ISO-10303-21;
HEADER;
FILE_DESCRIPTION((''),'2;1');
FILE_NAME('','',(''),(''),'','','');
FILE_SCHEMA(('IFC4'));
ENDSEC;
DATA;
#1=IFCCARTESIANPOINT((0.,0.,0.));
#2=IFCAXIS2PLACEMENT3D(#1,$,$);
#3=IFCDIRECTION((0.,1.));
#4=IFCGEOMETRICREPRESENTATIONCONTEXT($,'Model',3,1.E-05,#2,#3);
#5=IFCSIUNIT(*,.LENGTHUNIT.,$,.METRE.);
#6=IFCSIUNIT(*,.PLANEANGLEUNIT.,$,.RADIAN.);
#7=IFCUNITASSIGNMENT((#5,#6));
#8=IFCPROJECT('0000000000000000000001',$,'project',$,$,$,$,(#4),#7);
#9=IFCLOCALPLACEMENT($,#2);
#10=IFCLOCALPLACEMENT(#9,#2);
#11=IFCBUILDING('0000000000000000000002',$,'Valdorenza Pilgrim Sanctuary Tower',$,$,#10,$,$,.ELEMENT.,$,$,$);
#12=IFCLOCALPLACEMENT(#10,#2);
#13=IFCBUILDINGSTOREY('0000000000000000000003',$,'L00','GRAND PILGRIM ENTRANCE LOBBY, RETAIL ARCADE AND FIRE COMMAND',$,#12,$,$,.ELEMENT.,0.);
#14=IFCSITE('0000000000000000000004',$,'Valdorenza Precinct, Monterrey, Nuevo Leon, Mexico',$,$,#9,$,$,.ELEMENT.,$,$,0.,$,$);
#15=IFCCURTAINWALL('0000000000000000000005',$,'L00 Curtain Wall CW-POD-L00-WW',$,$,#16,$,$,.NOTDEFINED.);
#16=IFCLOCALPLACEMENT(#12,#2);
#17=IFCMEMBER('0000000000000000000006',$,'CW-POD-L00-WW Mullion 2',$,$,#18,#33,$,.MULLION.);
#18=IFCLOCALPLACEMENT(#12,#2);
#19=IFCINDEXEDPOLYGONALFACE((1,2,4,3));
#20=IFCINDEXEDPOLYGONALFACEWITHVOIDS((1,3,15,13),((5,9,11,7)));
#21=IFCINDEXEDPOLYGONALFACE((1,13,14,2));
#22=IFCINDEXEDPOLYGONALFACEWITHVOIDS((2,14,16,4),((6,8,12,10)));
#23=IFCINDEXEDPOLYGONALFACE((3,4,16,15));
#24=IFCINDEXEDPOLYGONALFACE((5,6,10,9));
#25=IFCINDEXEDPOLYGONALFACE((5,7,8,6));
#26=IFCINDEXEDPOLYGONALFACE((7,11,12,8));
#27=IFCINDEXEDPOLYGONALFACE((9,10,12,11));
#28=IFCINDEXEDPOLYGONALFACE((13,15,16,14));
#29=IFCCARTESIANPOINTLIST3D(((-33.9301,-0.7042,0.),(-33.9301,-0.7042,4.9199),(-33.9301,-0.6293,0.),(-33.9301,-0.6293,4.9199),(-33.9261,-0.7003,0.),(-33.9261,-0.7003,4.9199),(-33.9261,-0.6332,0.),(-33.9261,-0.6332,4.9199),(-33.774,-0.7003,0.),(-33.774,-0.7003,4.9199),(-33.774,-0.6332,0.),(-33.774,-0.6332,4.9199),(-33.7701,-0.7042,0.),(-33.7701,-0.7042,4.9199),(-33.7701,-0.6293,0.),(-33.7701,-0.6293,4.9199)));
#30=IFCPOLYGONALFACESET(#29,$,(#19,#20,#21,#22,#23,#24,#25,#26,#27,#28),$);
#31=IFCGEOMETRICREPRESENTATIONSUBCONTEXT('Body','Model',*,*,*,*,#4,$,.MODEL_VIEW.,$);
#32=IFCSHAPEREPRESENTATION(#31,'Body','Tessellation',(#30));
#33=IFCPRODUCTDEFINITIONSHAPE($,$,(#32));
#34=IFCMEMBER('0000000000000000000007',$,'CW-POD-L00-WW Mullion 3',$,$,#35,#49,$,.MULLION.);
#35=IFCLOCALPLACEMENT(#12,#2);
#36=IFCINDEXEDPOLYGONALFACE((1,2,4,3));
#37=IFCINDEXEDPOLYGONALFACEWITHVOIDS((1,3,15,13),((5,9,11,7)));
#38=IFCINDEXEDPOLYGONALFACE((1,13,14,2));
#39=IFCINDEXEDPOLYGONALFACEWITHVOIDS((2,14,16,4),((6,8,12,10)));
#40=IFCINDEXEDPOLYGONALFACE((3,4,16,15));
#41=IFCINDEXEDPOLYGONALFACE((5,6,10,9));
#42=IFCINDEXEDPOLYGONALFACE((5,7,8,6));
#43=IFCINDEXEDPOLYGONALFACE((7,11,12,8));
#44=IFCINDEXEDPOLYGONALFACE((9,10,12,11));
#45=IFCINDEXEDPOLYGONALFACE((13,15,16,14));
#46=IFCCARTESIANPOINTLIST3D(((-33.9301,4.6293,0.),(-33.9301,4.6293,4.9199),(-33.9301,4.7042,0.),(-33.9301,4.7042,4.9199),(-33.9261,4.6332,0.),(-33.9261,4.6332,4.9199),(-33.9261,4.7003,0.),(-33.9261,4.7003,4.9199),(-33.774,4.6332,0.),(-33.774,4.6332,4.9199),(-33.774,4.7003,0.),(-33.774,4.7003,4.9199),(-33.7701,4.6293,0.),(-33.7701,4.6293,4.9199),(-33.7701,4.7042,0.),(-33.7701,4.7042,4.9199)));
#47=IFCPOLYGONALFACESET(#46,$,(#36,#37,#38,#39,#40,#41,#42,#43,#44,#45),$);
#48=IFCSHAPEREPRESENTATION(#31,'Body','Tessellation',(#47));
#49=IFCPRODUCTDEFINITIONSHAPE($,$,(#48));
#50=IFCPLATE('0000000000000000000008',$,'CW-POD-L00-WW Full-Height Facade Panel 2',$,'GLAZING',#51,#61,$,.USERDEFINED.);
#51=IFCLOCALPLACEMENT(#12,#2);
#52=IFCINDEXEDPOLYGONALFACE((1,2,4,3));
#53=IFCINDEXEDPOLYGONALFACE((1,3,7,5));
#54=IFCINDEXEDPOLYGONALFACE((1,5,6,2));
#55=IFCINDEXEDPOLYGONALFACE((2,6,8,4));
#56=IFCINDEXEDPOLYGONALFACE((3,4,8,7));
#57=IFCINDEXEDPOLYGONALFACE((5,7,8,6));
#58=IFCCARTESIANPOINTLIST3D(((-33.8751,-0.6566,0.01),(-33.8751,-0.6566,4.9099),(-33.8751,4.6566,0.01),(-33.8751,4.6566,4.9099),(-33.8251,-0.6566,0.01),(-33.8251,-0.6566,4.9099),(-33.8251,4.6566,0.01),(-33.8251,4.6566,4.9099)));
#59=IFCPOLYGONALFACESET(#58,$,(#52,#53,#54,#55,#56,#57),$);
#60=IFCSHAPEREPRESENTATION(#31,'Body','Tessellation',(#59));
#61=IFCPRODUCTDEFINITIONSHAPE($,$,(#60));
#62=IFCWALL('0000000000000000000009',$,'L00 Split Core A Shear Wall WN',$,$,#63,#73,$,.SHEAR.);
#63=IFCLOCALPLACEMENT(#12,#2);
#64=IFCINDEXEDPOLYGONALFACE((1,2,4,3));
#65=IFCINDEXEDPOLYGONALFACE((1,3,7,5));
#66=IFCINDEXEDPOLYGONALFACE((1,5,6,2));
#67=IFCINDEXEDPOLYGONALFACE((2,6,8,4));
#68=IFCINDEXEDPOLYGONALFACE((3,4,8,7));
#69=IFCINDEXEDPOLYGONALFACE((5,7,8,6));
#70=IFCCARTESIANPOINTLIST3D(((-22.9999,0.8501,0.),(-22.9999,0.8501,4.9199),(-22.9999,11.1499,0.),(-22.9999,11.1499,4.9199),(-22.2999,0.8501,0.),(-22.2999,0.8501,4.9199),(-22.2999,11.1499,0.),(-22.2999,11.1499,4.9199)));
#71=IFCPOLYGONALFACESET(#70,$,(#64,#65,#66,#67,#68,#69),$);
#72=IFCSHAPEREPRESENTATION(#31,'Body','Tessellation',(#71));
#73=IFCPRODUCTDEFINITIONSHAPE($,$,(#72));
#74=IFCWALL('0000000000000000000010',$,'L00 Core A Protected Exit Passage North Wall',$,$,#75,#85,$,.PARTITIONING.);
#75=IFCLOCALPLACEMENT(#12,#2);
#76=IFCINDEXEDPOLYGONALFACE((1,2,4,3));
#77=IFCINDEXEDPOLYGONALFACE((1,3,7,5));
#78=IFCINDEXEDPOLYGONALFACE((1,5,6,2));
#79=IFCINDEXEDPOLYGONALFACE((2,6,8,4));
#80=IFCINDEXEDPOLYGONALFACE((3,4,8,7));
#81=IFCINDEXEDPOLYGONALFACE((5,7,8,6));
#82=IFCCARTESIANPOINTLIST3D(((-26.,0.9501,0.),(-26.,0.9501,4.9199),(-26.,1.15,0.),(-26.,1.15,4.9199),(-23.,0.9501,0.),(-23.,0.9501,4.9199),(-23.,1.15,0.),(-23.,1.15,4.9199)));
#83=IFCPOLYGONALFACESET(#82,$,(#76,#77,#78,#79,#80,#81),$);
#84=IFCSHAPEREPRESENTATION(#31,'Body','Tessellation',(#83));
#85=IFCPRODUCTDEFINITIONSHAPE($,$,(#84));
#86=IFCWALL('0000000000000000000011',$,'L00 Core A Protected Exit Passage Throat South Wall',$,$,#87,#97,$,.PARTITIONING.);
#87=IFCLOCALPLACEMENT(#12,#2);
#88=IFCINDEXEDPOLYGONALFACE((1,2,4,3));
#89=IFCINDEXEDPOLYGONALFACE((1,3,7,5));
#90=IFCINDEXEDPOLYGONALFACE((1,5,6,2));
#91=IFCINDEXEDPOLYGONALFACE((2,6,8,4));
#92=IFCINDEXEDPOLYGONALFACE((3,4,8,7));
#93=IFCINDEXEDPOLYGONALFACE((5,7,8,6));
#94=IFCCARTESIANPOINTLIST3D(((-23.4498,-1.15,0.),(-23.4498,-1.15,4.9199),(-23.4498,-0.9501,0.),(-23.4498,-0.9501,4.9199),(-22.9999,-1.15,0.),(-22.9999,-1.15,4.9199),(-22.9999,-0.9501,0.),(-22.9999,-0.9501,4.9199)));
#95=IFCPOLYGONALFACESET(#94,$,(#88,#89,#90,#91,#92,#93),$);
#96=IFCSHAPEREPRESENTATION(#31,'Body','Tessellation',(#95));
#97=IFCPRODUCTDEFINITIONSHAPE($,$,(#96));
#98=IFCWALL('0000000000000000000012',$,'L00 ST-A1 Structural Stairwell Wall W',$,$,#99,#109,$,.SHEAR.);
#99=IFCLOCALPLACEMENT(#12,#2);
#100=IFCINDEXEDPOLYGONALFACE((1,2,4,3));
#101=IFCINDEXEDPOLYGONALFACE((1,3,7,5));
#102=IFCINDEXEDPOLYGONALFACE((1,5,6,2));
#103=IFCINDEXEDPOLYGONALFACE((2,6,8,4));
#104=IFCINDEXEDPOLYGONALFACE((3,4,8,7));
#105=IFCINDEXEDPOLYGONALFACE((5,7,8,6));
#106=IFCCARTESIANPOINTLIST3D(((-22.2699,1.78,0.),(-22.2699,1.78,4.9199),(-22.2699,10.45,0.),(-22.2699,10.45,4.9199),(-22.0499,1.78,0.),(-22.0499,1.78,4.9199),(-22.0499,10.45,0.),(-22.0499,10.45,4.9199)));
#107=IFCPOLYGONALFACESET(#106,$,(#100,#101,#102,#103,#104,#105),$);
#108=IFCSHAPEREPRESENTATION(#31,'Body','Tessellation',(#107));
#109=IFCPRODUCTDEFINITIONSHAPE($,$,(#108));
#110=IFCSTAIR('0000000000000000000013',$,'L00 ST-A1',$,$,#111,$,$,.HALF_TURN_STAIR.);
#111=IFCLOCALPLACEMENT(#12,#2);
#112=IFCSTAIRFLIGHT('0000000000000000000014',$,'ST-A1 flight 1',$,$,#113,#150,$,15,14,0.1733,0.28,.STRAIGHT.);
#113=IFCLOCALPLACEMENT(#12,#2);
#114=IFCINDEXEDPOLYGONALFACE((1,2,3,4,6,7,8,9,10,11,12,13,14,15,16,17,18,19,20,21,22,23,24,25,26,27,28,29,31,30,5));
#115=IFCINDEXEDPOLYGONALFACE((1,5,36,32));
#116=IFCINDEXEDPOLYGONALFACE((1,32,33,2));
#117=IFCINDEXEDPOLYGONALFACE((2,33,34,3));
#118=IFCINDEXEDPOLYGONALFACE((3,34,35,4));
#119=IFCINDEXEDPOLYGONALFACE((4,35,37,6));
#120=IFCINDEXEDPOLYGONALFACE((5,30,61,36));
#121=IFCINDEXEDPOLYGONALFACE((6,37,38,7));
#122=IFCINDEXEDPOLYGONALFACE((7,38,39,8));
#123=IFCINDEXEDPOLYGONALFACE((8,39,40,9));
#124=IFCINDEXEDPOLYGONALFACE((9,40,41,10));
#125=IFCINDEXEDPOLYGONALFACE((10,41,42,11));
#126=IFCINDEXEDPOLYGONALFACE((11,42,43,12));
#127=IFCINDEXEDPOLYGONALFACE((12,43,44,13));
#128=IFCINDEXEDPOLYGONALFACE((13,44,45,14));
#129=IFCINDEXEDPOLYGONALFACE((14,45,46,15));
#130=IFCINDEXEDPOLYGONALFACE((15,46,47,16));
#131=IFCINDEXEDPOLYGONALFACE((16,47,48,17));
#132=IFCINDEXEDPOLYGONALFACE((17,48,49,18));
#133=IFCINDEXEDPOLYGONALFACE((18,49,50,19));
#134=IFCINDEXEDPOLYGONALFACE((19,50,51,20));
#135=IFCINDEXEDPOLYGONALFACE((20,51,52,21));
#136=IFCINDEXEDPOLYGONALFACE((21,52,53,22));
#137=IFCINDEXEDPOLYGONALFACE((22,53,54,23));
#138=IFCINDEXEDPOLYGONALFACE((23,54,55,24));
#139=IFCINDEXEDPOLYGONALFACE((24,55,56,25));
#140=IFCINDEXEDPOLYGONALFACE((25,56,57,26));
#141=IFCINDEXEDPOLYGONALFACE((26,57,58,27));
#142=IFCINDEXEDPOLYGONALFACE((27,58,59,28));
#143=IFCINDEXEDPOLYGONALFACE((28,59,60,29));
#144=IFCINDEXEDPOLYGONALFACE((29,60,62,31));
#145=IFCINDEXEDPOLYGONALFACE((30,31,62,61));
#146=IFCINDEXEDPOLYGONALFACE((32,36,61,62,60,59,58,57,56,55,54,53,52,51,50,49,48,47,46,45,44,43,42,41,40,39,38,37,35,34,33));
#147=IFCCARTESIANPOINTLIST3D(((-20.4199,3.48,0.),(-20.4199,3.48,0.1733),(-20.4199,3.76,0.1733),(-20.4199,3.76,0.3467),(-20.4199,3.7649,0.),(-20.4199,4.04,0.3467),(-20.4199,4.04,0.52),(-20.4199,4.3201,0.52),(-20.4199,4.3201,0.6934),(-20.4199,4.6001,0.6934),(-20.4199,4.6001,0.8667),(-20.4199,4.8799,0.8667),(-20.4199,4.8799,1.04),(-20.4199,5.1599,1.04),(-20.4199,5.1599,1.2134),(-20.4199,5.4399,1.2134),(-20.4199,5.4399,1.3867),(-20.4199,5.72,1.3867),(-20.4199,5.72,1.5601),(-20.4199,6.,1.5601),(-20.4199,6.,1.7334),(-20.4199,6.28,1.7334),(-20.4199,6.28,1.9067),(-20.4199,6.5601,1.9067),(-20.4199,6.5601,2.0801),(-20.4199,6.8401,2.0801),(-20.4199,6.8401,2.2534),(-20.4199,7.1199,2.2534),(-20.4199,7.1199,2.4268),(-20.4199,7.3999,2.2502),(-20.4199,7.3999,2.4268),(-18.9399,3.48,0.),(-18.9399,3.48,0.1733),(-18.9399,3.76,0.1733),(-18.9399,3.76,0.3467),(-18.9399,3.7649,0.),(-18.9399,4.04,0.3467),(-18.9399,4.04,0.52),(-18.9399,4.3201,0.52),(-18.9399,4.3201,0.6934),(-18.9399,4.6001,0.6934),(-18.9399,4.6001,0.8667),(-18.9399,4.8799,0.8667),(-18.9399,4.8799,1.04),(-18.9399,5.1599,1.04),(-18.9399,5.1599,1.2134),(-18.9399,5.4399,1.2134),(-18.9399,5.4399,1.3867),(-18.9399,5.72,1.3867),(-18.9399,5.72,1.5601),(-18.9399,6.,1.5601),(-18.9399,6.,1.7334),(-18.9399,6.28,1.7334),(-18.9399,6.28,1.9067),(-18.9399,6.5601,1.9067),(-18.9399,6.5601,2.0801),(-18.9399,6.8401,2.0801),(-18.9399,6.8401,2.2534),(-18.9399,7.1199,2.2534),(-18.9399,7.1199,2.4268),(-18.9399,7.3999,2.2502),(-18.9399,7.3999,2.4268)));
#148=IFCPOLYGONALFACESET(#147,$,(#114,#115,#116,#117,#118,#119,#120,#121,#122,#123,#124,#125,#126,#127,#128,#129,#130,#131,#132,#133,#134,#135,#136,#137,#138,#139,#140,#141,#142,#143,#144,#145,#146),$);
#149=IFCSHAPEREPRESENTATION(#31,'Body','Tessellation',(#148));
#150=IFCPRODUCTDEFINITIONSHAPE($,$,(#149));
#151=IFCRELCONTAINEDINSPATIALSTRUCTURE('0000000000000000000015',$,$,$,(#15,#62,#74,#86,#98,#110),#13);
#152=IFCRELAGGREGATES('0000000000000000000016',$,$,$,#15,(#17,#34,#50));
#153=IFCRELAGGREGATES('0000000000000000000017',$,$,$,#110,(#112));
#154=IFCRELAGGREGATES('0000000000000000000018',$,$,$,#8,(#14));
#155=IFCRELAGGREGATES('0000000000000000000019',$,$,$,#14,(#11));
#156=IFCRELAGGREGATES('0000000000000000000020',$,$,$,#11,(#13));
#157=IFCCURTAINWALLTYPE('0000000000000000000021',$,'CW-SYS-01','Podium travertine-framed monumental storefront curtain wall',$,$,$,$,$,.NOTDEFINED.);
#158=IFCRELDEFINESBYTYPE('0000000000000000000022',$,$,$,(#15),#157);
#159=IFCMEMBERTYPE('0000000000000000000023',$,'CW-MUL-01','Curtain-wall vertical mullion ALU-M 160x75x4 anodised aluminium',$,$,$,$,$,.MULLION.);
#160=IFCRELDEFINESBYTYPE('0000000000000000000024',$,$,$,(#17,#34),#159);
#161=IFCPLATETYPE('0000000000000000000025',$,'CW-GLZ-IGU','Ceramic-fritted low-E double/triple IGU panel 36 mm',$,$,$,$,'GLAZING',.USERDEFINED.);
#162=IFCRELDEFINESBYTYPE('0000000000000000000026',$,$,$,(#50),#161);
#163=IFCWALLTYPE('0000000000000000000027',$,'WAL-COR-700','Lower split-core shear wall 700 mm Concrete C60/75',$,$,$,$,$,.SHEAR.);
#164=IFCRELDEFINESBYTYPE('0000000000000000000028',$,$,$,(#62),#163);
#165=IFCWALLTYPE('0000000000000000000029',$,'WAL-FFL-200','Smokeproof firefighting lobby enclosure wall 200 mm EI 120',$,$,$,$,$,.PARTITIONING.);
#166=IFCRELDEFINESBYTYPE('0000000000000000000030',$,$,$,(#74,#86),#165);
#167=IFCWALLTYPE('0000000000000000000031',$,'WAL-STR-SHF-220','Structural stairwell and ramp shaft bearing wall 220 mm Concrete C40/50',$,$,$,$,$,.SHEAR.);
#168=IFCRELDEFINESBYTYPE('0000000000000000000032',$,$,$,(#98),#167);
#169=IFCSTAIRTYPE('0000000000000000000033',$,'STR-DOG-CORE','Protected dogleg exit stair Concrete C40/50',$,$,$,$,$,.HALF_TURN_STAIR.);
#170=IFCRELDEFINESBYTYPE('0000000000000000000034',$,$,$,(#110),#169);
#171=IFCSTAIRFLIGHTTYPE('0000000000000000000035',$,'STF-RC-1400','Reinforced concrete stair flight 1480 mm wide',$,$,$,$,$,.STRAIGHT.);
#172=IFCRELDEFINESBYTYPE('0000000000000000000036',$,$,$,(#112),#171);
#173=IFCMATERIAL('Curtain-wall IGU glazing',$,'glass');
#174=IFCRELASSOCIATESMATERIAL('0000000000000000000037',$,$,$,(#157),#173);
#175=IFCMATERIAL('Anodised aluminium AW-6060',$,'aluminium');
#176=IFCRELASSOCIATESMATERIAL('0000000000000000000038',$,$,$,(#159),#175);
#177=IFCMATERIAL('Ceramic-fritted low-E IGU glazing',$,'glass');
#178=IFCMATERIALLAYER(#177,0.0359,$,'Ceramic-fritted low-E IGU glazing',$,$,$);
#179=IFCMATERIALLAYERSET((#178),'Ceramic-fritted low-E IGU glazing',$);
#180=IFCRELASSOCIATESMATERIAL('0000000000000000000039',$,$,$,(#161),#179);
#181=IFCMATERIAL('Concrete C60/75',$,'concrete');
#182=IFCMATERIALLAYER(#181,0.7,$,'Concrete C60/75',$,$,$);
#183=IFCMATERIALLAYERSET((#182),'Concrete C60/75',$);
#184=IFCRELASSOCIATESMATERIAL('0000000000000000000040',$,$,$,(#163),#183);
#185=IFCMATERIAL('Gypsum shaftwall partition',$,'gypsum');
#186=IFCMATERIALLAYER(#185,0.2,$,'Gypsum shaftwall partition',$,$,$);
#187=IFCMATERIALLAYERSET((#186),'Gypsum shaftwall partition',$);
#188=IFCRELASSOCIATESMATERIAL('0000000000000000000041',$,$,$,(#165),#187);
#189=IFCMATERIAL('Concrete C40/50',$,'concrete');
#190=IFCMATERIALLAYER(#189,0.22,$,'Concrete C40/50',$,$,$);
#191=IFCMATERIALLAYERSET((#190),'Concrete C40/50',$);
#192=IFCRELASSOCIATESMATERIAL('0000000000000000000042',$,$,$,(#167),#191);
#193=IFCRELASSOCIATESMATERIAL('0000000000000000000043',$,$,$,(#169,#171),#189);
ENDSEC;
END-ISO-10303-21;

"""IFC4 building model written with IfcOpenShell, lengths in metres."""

from ifc_helpers import new_model, si_unit, direction, frame, frame_2d, origin, origin_2d, place, context, subcontext, project, spatial, polyline, rectangle, hollow_rectangle, outline, extrude, source, transform, mapped, material, layer, layer_set, material_profile, profile_set, type_object, element, aggregate, save


model = new_model("IFC4")

# Units and contexts
model_context = context("Model", 3, precision=1e-05, world=origin(), true_north=direction((0.0, 1.0)))
body_context = subcontext(model_context, "Body", "Model", "MODEL_VIEW")
ifc_project = project(units=[si_unit("LENGTHUNIT", "METRE"), si_unit("PLANEANGLEUNIT", "RADIAN")], contexts=[model_context])

# Site, building, storey
site_placement = place(None, origin())
site = spatial("IfcSite", under=ifc_project, at=site_placement, Name="Valdorenza Precinct, Monterrey, Nuevo Leon, Mexico", CompositionType="ELEMENT", RefElevation=0.0)
building_placement = place(site_placement, origin())
building = spatial("IfcBuilding", under=site, at=building_placement, Name="Valdorenza Pilgrim Sanctuary Tower", CompositionType="ELEMENT")
storey_placement = place(building_placement, origin())
storey = spatial("IfcBuildingStorey", under=building, at=storey_placement, Name="L00", Description="GRAND PILGRIM ENTRANCE LOBBY, RETAIL ARCADE AND FIRE COMMAND", CompositionType="ELEMENT", Elevation=0.0)

# Shared definitions
ifc_material_1 = material(Name="Concrete C60/75", Category="concrete")

# Curtain wall, members, plate
ifc_material_2 = material(Name="Curtain-wall IGU glazing", Category="glass")
curtain_wall_type = type_object("IfcCurtainWallType", Name="CW-SYS-01", Description="Podium travertine-framed monumental storefront curtain wall", PredefinedType="NOTDEFINED", material=ifc_material_2)
curtain_wall_placement = place(storey_placement, origin())
curtain_wall = element("IfcCurtainWall", 1, at=curtain_wall_placement, inside=storey, type_object=curtain_wall_type, Name="L00 Curtain Wall CW-POD-L00-WW", PredefinedType="NOTDEFINED")
ifc_material_3 = material(Name="Anodised aluminium AW-6060", Category="aluminium")
ifc_material_profile_1 = material_profile(ifc_material_3, hollow_rectangle(XDim=0.075, YDim=0.1599, WallThickness=0.0039, at=origin_2d()), Name="ALU-M 160x75x4")
ifc_profile_set_1 = profile_set([ifc_material_profile_1], Name="Anodised aluminium AW-6060")
member_type = type_object("IfcMemberType", Name="CW-MUL-01", Description="Curtain-wall vertical mullion ALU-M 160x75x4 anodised aluminium", PredefinedType="MULLION", material=ifc_profile_set_1)
shared_shape_1 = source(origin(), body_context, "Body", "SweptSolid", [
    extrude(hollow_rectangle(XDim=0.075, YDim=0.1599, WallThickness=0.0039, at=origin_2d()), origin(), (0.0, 0.0, 1.0), 4.9199),
])
member_1_placement = place(storey_placement, frame((-33.8501, -0.6667, 0.0), z_axis=(0.0, 0.0, 1.0), x_axis=(0.0, 1.0, 0.0)))
member_1 = element("IfcMember", 2, at=member_1_placement, type_object=member_type, Name="CW-POD-L00-WW Mullion 2", PredefinedType="MULLION", context=body_context, shape_type="MappedRepresentation", body=[
    mapped(shared_shape_1, transform((0.0, 0.0, 0.0), x_axis=(1.0, 0.0, 0.0), y_axis=(0.0, 1.0, 0.0), z_axis=(0.0, 0.0, 1.0), scale=1.0)),
])
member_2_placement = place(storey_placement, frame((-33.8501, 4.6667, 0.0), z_axis=(0.0, 0.0, 1.0), x_axis=(0.0, 1.0, 0.0)))
member_2 = element("IfcMember", 3, at=member_2_placement, type_object=member_type, Name="CW-POD-L00-WW Mullion 3", PredefinedType="MULLION", context=body_context, shape_type="MappedRepresentation", body=[
    mapped(shared_shape_1, transform((0.0, 0.0, 0.0), x_axis=(1.0, 0.0, 0.0), y_axis=(0.0, 1.0, 0.0), z_axis=(0.0, 0.0, 1.0), scale=1.0)),
])
ifc_material_4 = material(Name="Ceramic-fritted low-E IGU glazing", Category="glass")
ifc_layer_1 = layer(ifc_material_4, 0.0359, Name="Ceramic-fritted low-E IGU glazing")
ifc_layer_set_1 = layer_set([ifc_layer_1], Name="Ceramic-fritted low-E IGU glazing")
plate_type = type_object("IfcPlateType", Name="CW-GLZ-IGU", Description="Ceramic-fritted low-E double/triple IGU panel 36 mm", ElementType="GLAZING", PredefinedType="USERDEFINED", material=ifc_layer_set_1)
shared_shape_2 = source(origin(), body_context, "Body", "SweptSolid", [
    extrude(rectangle(XDim=5.3132, YDim=0.05, at=origin_2d()), origin(), (0.0, 0.0, 1.0), 4.8999),
])
plate_placement = place(storey_placement, frame((-33.8501, 2.0, 0.01), z_axis=(0.0, 0.0, 1.0), x_axis=(0.0, 1.0, 0.0)))
plate = element("IfcPlate", 4, at=plate_placement, type_object=plate_type, Name="CW-POD-L00-WW Full-Height Facade Panel 2", ObjectType="GLAZING", PredefinedType="USERDEFINED", context=body_context, shape_type="MappedRepresentation", body=[
    mapped(shared_shape_2, transform((0.0, 0.0, 0.0), x_axis=(1.0, 0.0, 0.0), y_axis=(0.0, 1.0, 0.0), z_axis=(0.0, 0.0, 1.0), scale=1.0)),
])
aggregate(curtain_wall, [member_1, member_2, plate])

# Wall
ifc_layer_2 = layer(ifc_material_1, 0.7, Name="Concrete C60/75")
ifc_layer_set_2 = layer_set([ifc_layer_2], Name="Concrete C60/75")
wall_type_1 = type_object("IfcWallType", Name="WAL-COR-700", Description="Lower split-core shear wall 700 mm Concrete C60/75", PredefinedType="SHEAR", material=ifc_layer_set_2)
wall_1_placement = place(storey_placement, frame((-22.6499, 0.8501, 0.0), z_axis=(0.0, 0.0, 1.0), x_axis=(0.0, 1.0, 0.0)))
element("IfcWall", 5, at=wall_1_placement, inside=storey, type_object=wall_type_1, Name="L00 Split Core A Shear Wall WN", PredefinedType="SHEAR", context=body_context, shape_type="SweptSolid", body=[
    extrude(rectangle(XDim=10.2998, YDim=0.7, at=frame_2d((5.1499, 0.0))), origin(), (0.0, 0.0, 1.0), 4.9199),
])

# Shared definitions
ifc_material_5 = material(Name="Gypsum shaftwall partition", Category="gypsum")
ifc_layer_3 = layer(ifc_material_5, 0.2, Name="Gypsum shaftwall partition")
ifc_layer_set_3 = layer_set([ifc_layer_3], Name="Gypsum shaftwall partition")
wall_type_2 = type_object("IfcWallType", Name="WAL-FFL-200", Description="Smokeproof firefighting lobby enclosure wall 200 mm EI 120", PredefinedType="PARTITIONING", material=ifc_layer_set_3)

# Walls
wall_2_placement = place(storey_placement, frame((-26.0, 1.05, 0.0), z_axis=(0.0, 0.0, 1.0), x_axis=(1.0, 0.0, 0.0)))
element("IfcWall", 6, at=wall_2_placement, inside=storey, type_object=wall_type_2, Name="L00 Core A Protected Exit Passage North Wall", PredefinedType="PARTITIONING", context=body_context, shape_type="SweptSolid", body=[
    extrude(rectangle(XDim=3.0, YDim=0.2, at=frame_2d((1.5, 0.0))), origin(), (0.0, 0.0, 1.0), 4.9199),
])
wall_3_placement = place(storey_placement, frame((-23.45, -1.05, 0.0), z_axis=(0.0, 0.0, 1.0), x_axis=(1.0, 0.0, 0.0)))
element("IfcWall", 7, at=wall_3_placement, inside=storey, type_object=wall_type_2, Name="L00 Core A Protected Exit Passage Throat South Wall", PredefinedType="PARTITIONING", context=body_context, shape_type="SweptSolid", body=[
    extrude(rectangle(XDim=0.45, YDim=0.2, at=frame_2d((0.2251, 0.0))), origin(), (0.0, 0.0, 1.0), 4.9199),
])
ifc_material_6 = material(Name="Concrete C40/50", Category="concrete")
ifc_layer_4 = layer(ifc_material_6, 0.22, Name="Concrete C40/50")
ifc_layer_set_4 = layer_set([ifc_layer_4], Name="Concrete C40/50")
wall_type_3 = type_object("IfcWallType", Name="WAL-STR-SHF-220", Description="Structural stairwell and ramp shaft bearing wall 220 mm Concrete C40/50", PredefinedType="SHEAR", material=ifc_layer_set_4)
wall_4_placement = place(storey_placement, frame((-22.1599, 1.78, 0.0), z_axis=(0.0, 0.0, 1.0), x_axis=(0.0, 1.0, 0.0)))
element("IfcWall", 8, at=wall_4_placement, inside=storey, type_object=wall_type_3, Name="L00 ST-A1 Structural Stairwell Wall W", PredefinedType="SHEAR", context=body_context, shape_type="SweptSolid", body=[
    extrude(rectangle(XDim=8.6699, YDim=0.22, at=frame_2d((4.335, 0.0))), origin(), (0.0, 0.0, 1.0), 4.9199),
])

# Stair, stair flight
stair_type = type_object("IfcStairType", Name="STR-DOG-CORE", Description="Protected dogleg exit stair Concrete C40/50", PredefinedType="HALF_TURN_STAIR", material=ifc_material_6)
stair_placement = place(storey_placement, origin())
stair = element("IfcStair", 9, at=stair_placement, inside=storey, type_object=stair_type, Name="L00 ST-A1", PredefinedType="HALF_TURN_STAIR")
stair_flight_type = type_object("IfcStairFlightType", Name="STF-RC-1400", Description="Reinforced concrete stair flight 1480 mm wide", PredefinedType="STRAIGHT", material=ifc_material_6)
stair_flight_placement = place(storey_placement, frame((-19.6799, 3.48, 0.0), z_axis=(0.0, 0.0, 1.0), x_axis=(0.0, 1.0, 0.0)))
stair_flight = element("IfcStairFlight", 10, at=stair_flight_placement, type_object=stair_flight_type, Name="ST-A1 flight 1", NumberOfRisers=15, NumberOfTreads=14, PredefinedType="STRAIGHT", RiserHeight=0.1733, TreadLength=0.28, context=body_context, shape_type="SweptSolid", body=[
    extrude(outline(polyline([(0.0, 0.0), (0.0, 0.1733), (0.28, 0.1733), (0.28, 0.3467), (0.5601, 0.3467), (0.5601, 0.52), (0.8401, 0.52), (0.8401, 0.6934), (1.1201, 0.6934), (1.1201, 0.8667), (1.3999, 0.8667), (1.3999, 1.04), (1.6799, 1.04), (1.6799, 1.2134), (1.96, 1.2134), (1.96, 1.3867), (2.24, 1.3867), (2.24, 1.5601), (2.52, 1.5601), (2.52, 1.7334), (2.8, 1.7334), (2.8, 1.9067), (3.0801, 1.9067), (3.0801, 2.0801), (3.3601, 2.0801), (3.3601, 2.2534), (3.6399, 2.2534), (3.6399, 2.4268), (3.9199, 2.4268), (3.9199, 2.6001), (3.9199, 2.2502), (0.2849, 0.0), (0.0, 0.0)])), frame((0.0, 0.74, 0.0), z_axis=(0.0, -1.0, 0.0), x_axis=(1.0, 0.0, 0.0)), (0.0, 0.0, 1.0), 1.48),
])
aggregate(stair, [stair_flight])

save(model, "model.ifc")
